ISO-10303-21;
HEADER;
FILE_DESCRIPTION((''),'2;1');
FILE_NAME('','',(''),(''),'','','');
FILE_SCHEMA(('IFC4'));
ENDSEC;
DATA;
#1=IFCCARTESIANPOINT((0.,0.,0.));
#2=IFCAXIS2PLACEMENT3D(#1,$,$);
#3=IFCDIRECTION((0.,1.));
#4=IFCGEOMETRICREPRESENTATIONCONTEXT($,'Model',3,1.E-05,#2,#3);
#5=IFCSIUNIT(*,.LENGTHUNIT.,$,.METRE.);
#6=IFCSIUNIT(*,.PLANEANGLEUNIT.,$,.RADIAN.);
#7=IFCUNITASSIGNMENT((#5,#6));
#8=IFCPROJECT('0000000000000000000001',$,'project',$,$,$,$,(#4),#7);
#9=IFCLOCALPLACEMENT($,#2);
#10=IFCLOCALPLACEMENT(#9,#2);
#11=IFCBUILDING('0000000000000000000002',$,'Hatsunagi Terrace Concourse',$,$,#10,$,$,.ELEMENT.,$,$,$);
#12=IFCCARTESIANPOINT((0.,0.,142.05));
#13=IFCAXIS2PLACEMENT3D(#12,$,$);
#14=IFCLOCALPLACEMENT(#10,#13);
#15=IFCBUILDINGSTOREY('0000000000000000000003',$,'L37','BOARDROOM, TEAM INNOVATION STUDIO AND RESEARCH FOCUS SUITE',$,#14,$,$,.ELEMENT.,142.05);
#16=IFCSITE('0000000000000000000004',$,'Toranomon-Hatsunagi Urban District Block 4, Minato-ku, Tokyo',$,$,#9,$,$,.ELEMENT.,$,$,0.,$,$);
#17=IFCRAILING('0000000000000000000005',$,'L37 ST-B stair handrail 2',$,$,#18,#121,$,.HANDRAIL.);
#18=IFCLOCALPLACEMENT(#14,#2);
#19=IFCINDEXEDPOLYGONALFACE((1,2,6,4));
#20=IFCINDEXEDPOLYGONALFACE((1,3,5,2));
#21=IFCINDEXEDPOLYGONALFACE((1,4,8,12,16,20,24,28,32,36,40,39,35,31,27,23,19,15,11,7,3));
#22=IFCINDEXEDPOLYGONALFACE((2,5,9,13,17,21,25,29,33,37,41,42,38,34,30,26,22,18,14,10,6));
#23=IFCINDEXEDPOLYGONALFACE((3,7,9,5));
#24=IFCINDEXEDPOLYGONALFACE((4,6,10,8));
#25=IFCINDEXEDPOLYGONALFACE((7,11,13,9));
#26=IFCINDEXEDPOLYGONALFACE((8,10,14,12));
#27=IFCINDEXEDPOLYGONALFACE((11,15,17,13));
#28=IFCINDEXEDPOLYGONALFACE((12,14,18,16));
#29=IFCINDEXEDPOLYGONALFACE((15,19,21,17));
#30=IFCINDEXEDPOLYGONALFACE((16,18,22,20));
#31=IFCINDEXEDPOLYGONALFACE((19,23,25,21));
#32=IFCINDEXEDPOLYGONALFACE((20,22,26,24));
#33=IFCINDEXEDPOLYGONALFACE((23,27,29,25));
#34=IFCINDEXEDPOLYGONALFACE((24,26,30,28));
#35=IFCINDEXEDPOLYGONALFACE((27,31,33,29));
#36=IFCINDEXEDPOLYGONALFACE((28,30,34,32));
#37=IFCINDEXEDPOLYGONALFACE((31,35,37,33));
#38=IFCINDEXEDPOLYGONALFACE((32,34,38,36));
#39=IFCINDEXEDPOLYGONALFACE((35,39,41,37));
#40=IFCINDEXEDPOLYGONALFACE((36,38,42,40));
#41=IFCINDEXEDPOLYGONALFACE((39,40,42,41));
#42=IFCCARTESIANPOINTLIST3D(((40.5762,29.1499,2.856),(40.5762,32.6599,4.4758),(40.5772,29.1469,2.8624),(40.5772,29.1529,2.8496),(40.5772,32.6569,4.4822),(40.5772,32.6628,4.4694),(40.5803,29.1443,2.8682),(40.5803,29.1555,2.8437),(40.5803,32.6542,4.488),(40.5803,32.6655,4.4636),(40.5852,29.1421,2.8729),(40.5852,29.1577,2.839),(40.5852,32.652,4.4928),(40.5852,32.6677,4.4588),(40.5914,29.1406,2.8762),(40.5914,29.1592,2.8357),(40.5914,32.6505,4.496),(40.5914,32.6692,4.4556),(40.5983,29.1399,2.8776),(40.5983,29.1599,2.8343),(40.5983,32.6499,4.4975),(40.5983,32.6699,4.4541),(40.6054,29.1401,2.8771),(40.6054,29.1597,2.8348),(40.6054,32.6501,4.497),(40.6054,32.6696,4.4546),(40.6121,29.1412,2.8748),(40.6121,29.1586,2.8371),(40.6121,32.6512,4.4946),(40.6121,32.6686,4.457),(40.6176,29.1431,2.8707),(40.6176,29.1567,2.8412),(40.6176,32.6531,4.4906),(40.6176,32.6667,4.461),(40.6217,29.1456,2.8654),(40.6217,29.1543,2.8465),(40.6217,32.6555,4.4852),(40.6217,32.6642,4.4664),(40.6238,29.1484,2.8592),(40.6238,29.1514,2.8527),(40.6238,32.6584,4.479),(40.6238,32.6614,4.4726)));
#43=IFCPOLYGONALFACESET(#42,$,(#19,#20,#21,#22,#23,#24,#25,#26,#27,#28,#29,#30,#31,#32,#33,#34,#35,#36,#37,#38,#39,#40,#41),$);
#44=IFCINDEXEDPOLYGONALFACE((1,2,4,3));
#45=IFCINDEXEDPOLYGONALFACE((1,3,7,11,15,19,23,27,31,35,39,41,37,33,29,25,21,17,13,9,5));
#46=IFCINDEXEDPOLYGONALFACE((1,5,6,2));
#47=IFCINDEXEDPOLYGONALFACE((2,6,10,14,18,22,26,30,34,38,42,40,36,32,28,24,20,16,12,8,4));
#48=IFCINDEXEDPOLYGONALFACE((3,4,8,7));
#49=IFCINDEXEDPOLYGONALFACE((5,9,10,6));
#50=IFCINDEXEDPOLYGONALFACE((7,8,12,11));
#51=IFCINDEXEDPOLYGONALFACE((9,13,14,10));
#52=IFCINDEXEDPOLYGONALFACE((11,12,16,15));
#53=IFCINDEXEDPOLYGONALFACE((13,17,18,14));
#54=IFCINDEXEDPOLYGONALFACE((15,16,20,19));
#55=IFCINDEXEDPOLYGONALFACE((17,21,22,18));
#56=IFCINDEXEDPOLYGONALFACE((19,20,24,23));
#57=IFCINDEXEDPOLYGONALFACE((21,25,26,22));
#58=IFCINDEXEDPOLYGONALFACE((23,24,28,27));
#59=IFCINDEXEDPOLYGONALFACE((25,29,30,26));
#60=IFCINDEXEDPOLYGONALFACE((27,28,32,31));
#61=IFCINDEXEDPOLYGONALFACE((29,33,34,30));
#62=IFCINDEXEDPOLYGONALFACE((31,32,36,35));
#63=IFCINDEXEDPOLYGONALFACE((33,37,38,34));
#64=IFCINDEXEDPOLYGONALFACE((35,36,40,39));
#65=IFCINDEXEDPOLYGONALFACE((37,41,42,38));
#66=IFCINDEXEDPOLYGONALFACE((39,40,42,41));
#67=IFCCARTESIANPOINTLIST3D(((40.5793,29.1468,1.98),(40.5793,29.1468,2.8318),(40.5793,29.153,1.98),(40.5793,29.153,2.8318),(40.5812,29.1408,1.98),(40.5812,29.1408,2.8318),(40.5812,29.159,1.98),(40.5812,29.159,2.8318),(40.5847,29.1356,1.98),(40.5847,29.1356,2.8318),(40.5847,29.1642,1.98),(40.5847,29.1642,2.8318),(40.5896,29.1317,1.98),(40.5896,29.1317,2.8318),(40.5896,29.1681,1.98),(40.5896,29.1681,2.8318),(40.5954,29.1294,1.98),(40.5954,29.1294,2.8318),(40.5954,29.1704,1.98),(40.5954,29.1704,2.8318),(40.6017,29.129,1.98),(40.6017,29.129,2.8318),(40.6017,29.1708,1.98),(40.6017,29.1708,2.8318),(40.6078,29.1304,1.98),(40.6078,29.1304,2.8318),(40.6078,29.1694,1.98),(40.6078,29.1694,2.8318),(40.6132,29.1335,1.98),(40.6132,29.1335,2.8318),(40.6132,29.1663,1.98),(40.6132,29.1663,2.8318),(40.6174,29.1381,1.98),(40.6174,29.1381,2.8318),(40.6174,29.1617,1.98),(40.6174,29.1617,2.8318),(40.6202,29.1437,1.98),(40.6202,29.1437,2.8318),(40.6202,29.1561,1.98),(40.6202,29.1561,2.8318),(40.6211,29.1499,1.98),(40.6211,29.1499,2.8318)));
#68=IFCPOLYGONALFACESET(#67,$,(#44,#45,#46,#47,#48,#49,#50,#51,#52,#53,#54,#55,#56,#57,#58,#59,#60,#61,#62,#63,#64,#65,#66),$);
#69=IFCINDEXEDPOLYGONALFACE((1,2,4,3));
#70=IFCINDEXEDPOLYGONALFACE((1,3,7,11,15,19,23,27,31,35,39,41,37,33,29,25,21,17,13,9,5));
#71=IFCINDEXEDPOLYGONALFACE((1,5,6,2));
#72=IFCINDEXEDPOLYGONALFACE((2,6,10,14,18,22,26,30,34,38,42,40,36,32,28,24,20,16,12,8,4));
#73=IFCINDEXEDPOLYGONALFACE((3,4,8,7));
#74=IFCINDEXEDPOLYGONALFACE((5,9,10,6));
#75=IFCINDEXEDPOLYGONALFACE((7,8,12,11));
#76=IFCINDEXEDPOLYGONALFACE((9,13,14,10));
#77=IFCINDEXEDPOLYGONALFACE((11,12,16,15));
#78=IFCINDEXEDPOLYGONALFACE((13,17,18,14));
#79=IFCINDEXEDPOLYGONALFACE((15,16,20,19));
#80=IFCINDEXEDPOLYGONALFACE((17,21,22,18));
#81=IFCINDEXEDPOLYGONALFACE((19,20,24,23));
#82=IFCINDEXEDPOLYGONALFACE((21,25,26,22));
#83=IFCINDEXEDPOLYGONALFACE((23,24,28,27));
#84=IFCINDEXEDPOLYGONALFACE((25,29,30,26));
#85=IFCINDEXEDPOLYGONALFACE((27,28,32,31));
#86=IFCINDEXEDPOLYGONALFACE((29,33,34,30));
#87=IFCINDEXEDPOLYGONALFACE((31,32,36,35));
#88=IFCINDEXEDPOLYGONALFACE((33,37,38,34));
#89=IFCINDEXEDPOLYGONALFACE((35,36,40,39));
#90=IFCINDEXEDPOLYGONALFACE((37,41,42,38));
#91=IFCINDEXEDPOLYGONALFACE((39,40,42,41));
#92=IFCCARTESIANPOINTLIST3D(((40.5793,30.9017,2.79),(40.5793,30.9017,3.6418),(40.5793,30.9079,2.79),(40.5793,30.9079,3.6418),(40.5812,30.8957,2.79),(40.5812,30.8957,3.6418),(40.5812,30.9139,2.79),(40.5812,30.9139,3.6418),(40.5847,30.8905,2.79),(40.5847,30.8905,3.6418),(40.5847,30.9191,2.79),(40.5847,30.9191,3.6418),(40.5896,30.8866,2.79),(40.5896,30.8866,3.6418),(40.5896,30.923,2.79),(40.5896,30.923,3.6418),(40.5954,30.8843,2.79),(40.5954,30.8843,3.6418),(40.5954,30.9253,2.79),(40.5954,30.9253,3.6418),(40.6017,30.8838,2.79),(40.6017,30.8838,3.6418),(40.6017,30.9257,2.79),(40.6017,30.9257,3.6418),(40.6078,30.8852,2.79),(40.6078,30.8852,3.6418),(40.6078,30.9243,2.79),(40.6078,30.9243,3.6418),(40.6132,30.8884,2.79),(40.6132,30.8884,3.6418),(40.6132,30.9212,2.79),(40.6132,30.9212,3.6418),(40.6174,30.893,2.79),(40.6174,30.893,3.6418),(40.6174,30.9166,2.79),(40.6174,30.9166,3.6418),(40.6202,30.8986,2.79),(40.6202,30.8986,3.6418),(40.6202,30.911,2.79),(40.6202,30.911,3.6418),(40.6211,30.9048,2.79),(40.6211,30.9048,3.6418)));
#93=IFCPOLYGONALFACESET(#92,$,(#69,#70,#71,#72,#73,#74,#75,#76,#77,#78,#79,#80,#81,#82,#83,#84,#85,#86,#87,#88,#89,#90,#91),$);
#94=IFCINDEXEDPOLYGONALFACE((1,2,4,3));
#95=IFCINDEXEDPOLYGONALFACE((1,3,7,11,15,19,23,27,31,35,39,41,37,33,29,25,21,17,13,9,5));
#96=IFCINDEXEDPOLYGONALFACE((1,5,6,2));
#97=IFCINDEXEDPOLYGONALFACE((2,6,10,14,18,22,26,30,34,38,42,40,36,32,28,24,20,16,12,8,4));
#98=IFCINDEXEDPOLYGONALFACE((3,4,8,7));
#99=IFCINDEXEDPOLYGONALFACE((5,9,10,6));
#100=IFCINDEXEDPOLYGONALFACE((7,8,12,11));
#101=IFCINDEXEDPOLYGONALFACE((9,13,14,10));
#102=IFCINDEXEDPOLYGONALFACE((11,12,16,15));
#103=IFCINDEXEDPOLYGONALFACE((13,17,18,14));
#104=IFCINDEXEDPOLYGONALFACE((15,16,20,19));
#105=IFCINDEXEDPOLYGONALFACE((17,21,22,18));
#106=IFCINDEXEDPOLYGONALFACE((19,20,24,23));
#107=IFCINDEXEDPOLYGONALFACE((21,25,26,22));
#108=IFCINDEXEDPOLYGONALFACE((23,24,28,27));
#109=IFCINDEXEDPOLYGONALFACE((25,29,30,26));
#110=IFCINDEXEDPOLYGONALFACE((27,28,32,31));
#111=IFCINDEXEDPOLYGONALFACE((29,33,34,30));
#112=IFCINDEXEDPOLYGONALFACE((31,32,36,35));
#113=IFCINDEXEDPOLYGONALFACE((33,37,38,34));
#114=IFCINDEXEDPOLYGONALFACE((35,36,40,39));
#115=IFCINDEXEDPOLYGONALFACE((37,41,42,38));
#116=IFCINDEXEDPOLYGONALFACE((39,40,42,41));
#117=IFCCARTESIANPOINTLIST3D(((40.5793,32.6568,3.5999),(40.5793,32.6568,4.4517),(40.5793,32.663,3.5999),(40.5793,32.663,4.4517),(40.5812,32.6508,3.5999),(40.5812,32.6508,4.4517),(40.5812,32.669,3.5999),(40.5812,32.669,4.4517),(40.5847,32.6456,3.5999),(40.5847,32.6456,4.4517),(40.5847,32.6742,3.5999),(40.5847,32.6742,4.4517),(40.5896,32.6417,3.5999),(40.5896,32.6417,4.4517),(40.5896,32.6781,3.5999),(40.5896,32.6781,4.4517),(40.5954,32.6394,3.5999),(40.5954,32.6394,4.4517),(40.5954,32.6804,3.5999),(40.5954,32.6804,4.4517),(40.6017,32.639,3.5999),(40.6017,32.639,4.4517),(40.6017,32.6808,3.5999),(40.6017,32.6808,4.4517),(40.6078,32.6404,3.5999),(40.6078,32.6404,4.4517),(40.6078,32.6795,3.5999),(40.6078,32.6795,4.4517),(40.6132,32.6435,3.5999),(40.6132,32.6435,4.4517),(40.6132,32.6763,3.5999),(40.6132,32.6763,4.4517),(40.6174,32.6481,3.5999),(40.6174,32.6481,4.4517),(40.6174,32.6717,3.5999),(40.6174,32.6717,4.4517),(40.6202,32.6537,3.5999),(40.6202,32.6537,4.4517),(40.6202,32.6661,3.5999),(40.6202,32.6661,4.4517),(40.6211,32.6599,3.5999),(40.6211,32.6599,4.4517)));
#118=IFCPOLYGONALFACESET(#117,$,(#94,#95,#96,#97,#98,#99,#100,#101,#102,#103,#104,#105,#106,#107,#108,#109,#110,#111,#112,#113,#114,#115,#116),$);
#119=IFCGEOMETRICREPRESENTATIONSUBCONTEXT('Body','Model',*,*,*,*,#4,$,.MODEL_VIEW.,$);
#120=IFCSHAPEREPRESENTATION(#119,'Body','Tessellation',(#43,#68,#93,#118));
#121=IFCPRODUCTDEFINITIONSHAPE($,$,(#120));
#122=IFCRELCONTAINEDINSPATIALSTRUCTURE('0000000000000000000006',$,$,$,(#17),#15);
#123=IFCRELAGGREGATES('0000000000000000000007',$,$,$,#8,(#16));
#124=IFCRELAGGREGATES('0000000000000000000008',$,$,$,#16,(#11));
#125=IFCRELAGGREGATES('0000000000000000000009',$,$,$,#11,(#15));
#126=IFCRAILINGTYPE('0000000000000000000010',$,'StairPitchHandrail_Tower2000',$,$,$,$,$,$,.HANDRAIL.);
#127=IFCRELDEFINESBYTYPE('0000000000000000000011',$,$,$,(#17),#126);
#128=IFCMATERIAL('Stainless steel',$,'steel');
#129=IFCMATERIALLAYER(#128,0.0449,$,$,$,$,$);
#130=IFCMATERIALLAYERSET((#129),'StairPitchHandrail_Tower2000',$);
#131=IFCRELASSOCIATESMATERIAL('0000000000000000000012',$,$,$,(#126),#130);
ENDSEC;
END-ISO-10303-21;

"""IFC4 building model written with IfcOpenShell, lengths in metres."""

from ifc_helpers import new_model, si_unit, direction, frame, origin, origin_2d, place, context, subcontext, project, spatial, circle, extrude, material, layer, layer_set, type_object, element, save


model = new_model("IFC4")

# Units and contexts
model_context = context("Model", 3, precision=1e-05, world=origin(), true_north=direction((0.0, 1.0)))
body_context = subcontext(model_context, "Body", "Model", "MODEL_VIEW")
ifc_project = project(units=[si_unit("LENGTHUNIT", "METRE"), si_unit("PLANEANGLEUNIT", "RADIAN")], contexts=[model_context])

# Site, building, storey
site_placement = place(None, origin())
site = spatial("IfcSite", under=ifc_project, at=site_placement, Name="Toranomon-Hatsunagi Urban District Block 4, Minato-ku, Tokyo", CompositionType="ELEMENT", RefElevation=0.0)
building_placement = place(site_placement, origin())
building = spatial("IfcBuilding", under=site, at=building_placement, Name="Hatsunagi Terrace Concourse", CompositionType="ELEMENT")
storey_placement = place(building_placement, frame((0.0, 0.0, 142.05)))
storey = spatial("IfcBuildingStorey", under=building, at=storey_placement, Name="L37", Description="BOARDROOM, TEAM INNOVATION STUDIO AND RESEARCH FOCUS SUITE", CompositionType="ELEMENT", Elevation=142.05)

# Railing
ifc_material_1 = material(Name="Stainless steel", Category="steel")
ifc_layer_1 = layer(ifc_material_1, 0.0449)
ifc_layer_set_1 = layer_set([ifc_layer_1], Name="StairPitchHandrail_Tower2000")
railing_type_1 = type_object("IfcRailingType", Name="StairPitchHandrail_Tower2000", PredefinedType="HANDRAIL", material=ifc_layer_set_1)
railing_1_placement = place(storey_placement, frame((40.6001, 29.1499, 1.98)))
element("IfcRailing", 1, at=railing_1_placement, inside=storey, type_object=railing_type_1, Name="L37 ST-B stair handrail 2", PredefinedType="HANDRAIL", context=body_context, shape_type="SweptSolid", body=[
    extrude(circle(Radius=0.0239, at=origin_2d()), frame((0.0, 0.0, 0.876), z_axis=(0.0, 0.907972, 0.41903), x_axis=(-1.0, 0.0, 0.0)), (0.0, 0.0, 1.0), 3.8657),
    extrude(circle(Radius=0.021, at=origin_2d()), origin(), (0.0, 0.0, 1.0), 0.8518),
    extrude(circle(Radius=0.021, at=origin_2d()), frame((0.0, 1.7549, 0.8101)), (0.0, 0.0, 1.0), 0.8518),
    extrude(circle(Radius=0.021, at=origin_2d()), frame((0.0, 3.51, 1.6199)), (0.0, 0.0, 1.0), 0.8518),
])

save(model, "model.ifc")
